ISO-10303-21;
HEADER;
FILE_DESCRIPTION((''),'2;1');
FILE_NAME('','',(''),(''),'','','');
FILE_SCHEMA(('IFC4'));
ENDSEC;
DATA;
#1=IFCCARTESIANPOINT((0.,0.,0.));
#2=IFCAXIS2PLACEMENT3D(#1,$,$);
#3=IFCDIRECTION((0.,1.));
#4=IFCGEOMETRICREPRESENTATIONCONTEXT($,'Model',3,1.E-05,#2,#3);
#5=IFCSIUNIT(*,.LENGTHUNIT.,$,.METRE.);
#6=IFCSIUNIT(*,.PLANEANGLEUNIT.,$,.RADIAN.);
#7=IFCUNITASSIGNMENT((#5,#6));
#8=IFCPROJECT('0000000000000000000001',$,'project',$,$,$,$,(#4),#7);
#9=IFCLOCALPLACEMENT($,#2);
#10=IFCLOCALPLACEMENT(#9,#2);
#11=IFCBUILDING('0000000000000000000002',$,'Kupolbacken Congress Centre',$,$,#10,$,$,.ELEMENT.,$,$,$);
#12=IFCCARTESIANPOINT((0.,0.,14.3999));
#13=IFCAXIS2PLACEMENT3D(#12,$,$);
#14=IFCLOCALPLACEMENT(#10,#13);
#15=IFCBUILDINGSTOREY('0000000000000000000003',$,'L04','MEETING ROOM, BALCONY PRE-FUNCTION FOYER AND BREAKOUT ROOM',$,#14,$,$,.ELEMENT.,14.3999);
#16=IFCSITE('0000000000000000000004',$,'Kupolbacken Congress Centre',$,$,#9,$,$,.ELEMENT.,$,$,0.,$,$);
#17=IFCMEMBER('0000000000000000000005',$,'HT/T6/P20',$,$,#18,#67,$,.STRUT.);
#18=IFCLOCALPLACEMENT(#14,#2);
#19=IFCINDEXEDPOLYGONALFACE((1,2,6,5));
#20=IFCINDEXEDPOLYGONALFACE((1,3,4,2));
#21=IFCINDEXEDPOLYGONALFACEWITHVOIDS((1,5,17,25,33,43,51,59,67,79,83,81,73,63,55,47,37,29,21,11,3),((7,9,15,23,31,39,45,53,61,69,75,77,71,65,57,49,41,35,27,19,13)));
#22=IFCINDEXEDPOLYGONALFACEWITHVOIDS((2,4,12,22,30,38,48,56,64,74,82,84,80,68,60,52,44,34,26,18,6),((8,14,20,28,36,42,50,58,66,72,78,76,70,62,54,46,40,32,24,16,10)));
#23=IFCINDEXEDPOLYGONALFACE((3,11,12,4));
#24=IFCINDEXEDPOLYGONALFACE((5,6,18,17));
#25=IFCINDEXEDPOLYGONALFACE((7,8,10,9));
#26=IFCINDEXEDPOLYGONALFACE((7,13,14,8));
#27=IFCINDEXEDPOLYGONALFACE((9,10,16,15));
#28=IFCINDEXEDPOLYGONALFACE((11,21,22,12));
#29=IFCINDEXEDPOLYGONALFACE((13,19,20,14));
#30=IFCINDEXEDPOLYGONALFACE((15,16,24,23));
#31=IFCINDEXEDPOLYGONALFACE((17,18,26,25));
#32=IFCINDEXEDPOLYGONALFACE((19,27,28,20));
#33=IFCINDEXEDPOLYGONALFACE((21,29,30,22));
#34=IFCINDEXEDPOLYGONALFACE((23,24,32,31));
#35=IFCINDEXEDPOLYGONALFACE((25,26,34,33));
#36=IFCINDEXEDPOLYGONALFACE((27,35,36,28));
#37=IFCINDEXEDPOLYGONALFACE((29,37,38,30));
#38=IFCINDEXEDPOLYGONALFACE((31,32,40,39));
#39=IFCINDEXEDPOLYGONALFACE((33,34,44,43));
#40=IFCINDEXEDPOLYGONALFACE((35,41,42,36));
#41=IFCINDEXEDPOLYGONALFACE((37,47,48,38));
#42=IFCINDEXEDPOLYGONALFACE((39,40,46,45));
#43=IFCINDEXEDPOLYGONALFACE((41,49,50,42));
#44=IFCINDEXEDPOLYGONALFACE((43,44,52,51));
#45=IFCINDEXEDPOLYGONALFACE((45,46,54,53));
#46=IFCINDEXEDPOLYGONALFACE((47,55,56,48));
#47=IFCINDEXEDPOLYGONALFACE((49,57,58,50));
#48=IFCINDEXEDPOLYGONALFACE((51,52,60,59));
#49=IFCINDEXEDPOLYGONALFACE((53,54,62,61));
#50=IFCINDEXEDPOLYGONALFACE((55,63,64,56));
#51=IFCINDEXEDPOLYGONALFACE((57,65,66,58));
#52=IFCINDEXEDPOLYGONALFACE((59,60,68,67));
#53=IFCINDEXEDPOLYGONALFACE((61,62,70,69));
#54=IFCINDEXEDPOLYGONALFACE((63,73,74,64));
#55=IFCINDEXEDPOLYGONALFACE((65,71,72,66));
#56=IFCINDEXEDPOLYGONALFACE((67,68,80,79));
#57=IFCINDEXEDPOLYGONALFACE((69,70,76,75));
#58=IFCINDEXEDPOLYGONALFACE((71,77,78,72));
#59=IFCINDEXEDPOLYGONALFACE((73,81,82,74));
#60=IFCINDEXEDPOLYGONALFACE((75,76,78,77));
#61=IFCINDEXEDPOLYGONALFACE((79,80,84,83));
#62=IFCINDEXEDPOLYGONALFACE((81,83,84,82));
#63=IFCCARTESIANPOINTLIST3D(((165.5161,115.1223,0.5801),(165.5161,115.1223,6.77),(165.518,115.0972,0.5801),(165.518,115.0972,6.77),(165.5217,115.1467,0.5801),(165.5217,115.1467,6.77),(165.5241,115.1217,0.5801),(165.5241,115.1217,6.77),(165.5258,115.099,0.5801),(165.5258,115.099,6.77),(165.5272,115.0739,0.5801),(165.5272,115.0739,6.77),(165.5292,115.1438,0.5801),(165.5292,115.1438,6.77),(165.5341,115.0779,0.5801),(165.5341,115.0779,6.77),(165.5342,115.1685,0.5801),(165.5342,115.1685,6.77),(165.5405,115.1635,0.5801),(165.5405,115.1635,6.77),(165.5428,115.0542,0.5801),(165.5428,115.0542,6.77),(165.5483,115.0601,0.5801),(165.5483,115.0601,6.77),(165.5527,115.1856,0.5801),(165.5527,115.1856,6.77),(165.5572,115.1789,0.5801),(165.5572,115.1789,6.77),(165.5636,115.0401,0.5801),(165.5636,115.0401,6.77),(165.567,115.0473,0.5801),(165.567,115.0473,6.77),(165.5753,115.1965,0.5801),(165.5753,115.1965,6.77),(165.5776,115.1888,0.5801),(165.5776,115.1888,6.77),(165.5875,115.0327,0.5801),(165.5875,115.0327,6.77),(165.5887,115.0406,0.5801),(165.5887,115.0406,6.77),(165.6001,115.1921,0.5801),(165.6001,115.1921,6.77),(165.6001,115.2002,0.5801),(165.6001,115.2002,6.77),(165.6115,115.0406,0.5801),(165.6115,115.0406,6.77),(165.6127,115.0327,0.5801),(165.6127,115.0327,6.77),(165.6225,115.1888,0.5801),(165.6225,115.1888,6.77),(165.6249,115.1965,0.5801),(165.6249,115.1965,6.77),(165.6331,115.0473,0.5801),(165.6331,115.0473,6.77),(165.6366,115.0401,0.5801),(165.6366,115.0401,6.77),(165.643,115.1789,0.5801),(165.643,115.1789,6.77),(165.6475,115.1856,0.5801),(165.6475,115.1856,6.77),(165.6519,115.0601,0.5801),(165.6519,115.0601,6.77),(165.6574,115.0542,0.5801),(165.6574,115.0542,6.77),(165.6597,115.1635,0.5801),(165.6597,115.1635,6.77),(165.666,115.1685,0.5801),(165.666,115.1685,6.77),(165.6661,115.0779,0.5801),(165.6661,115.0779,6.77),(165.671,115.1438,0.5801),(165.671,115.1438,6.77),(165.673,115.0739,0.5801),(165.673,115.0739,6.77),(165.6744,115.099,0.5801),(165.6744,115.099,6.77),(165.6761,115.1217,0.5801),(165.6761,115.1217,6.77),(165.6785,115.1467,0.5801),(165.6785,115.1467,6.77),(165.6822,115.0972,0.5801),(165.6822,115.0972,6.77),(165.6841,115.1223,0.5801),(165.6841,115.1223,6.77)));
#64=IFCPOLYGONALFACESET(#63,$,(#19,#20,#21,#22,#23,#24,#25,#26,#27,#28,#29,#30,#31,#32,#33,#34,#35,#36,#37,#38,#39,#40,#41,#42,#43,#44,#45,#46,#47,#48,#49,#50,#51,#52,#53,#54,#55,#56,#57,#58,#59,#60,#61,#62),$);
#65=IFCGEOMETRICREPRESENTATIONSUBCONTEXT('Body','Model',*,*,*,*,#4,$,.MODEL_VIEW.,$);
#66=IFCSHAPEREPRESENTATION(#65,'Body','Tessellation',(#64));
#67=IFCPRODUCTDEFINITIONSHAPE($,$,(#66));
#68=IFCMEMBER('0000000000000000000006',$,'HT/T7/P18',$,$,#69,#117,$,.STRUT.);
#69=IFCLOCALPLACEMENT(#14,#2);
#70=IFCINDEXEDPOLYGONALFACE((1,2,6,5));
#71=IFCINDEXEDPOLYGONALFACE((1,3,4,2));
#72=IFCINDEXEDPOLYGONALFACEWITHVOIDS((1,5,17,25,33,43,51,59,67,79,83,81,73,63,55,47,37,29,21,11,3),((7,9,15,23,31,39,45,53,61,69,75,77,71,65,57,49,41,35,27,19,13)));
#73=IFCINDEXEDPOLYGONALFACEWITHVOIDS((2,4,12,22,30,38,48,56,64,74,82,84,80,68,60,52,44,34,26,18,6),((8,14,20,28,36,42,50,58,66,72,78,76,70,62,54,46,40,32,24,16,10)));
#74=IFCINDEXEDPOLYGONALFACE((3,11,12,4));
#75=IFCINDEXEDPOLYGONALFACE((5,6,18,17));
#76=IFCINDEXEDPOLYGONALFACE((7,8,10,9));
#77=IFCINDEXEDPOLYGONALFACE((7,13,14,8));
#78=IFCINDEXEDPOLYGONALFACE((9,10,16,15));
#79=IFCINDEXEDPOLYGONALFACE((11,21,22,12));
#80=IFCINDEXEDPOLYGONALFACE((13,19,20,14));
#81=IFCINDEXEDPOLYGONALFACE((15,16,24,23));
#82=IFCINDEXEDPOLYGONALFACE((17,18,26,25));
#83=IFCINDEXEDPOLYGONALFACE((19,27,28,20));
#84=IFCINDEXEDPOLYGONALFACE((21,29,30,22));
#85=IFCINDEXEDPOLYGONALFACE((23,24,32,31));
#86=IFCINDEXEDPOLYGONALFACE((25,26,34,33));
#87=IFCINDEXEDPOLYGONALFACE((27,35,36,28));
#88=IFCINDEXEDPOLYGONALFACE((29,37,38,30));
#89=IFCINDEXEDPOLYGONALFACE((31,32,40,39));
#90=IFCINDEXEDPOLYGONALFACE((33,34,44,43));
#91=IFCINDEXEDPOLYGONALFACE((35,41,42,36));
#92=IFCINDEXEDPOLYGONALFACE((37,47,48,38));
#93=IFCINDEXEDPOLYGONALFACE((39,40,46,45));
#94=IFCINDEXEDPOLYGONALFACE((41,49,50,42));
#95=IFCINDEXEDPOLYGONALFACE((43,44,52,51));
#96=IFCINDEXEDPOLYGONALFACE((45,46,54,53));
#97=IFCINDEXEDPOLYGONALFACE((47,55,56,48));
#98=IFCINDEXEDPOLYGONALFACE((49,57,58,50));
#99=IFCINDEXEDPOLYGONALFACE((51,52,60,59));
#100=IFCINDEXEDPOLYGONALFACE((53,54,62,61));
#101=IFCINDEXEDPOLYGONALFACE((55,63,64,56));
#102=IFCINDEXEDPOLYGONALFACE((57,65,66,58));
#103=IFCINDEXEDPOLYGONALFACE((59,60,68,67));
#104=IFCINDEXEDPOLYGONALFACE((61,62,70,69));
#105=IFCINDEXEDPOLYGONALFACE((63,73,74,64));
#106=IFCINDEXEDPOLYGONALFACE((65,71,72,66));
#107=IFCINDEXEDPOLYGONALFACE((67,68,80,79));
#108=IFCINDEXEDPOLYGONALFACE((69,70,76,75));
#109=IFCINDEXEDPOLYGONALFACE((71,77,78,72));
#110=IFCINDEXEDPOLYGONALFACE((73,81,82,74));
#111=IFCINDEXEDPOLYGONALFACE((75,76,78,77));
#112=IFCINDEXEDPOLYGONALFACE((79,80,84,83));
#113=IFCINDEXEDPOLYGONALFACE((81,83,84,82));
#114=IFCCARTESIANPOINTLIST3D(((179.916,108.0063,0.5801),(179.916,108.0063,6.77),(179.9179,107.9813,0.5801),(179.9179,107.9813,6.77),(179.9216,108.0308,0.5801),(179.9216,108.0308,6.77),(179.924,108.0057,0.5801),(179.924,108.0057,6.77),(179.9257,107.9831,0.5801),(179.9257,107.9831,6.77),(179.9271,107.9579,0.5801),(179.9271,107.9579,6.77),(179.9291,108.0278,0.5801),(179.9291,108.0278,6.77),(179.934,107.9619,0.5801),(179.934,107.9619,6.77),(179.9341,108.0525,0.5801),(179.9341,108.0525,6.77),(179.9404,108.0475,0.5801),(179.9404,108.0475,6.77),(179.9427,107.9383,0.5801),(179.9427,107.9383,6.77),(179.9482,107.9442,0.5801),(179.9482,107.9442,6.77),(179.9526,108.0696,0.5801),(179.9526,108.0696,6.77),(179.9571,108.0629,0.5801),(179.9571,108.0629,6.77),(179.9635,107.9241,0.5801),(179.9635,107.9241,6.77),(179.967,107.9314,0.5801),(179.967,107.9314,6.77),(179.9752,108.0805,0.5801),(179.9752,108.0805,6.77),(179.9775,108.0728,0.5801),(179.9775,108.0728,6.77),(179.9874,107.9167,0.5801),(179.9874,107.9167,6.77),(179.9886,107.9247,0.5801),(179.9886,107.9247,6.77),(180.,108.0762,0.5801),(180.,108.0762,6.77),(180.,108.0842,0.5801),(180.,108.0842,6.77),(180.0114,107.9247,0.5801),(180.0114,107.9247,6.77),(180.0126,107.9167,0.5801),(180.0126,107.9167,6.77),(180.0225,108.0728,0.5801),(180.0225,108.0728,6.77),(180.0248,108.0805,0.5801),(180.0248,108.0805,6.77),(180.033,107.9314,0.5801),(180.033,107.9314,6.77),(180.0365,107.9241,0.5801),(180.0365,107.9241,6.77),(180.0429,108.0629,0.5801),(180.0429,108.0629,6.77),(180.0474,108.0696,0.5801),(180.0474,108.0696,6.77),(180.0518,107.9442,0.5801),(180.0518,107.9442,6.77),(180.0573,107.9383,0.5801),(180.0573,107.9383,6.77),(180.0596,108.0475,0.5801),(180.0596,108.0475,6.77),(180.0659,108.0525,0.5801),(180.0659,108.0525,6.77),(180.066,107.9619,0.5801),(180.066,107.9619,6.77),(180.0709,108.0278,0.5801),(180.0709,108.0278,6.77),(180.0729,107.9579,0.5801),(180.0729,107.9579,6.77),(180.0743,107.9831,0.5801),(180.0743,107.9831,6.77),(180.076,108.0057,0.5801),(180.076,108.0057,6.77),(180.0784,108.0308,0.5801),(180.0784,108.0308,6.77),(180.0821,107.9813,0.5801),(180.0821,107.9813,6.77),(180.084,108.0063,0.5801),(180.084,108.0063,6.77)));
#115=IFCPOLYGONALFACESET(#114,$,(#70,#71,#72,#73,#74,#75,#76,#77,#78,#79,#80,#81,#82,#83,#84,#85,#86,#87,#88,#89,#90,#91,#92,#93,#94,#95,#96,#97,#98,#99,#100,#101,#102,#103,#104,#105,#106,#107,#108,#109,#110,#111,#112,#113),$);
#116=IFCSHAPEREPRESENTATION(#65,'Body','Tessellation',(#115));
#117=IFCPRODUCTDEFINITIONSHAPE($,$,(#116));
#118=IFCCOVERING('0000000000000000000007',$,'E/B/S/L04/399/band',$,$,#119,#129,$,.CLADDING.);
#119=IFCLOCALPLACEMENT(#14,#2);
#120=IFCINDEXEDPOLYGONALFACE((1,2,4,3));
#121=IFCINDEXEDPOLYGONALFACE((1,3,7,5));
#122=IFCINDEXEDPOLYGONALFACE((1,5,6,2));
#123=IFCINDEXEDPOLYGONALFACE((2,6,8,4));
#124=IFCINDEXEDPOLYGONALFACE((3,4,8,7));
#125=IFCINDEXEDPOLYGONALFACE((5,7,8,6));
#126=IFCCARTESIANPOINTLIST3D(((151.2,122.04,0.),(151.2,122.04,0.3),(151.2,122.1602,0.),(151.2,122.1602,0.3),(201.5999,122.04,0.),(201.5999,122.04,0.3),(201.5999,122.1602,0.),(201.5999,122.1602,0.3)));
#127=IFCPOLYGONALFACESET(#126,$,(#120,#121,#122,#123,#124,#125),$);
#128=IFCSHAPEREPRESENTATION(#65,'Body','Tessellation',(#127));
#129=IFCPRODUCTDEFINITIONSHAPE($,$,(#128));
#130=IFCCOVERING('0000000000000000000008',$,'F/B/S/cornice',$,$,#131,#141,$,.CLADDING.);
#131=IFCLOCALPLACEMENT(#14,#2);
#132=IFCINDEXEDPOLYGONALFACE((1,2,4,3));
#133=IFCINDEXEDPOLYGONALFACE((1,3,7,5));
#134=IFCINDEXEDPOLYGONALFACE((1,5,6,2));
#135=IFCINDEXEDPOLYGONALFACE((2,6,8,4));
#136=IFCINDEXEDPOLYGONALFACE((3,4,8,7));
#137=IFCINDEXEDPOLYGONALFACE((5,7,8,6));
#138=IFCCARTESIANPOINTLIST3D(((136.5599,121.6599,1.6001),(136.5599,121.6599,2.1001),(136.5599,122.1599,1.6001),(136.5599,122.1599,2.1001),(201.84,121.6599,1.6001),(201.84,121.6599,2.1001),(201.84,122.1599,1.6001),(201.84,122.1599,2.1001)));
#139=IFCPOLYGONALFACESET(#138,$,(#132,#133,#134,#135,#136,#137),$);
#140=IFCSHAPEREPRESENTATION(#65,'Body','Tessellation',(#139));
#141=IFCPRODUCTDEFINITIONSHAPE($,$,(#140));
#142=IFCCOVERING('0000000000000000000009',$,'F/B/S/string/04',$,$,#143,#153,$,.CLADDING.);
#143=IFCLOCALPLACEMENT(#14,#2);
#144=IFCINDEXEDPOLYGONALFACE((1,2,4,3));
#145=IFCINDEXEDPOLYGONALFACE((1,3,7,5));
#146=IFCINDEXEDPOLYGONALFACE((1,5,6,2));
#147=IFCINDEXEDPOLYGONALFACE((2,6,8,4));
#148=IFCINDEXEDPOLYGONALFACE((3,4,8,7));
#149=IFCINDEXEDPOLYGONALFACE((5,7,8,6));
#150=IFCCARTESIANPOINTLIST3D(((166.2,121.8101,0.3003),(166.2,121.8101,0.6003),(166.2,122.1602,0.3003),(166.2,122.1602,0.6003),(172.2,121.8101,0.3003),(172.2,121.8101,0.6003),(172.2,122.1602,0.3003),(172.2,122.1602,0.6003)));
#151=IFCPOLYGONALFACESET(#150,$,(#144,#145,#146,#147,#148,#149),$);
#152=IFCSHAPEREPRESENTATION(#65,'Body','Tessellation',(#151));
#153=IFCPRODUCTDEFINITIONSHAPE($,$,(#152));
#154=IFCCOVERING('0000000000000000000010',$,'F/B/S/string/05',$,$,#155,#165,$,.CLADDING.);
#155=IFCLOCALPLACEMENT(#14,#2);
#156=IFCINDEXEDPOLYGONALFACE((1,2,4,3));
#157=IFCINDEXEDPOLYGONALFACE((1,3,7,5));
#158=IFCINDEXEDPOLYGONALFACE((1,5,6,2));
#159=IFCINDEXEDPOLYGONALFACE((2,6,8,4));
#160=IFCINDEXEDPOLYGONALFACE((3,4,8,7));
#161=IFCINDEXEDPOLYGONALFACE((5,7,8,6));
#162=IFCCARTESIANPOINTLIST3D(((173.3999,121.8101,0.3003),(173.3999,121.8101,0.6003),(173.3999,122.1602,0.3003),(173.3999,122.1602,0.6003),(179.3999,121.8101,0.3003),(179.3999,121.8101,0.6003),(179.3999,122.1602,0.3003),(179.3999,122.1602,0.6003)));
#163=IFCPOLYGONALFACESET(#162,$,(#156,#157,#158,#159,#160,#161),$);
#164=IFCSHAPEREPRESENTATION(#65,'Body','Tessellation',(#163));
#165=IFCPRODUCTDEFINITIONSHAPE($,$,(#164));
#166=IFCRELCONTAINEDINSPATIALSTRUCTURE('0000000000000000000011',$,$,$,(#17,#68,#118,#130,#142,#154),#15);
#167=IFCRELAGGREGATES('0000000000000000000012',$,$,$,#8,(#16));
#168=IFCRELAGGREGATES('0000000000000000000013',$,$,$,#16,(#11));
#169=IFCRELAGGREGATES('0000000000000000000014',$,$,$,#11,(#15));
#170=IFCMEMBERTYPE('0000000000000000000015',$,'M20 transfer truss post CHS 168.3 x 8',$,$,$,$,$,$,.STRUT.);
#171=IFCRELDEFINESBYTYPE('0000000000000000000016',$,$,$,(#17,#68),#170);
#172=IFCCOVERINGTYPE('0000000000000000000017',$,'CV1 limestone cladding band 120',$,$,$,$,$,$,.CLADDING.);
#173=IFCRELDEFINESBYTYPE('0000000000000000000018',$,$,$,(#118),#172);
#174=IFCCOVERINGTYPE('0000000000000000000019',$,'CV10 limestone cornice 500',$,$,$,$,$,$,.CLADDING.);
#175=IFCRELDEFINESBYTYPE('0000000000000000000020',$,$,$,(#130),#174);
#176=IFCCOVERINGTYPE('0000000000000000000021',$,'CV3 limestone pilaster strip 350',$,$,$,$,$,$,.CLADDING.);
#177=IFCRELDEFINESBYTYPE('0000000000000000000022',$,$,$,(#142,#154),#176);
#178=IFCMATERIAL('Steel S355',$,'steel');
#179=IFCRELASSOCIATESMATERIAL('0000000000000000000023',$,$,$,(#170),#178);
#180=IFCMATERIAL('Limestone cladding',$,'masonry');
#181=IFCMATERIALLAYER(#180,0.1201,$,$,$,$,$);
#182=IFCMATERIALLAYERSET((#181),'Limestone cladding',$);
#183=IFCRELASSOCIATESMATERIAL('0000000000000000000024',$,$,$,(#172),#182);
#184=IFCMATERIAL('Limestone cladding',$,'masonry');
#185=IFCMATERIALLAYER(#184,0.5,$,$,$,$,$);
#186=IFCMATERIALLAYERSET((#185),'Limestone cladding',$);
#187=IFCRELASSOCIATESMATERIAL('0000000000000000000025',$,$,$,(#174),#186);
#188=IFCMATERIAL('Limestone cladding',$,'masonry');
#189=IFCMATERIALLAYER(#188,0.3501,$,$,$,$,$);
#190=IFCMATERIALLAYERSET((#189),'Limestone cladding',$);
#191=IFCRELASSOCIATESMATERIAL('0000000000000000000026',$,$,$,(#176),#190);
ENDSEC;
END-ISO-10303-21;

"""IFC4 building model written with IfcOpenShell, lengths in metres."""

from ifc_helpers import new_model, si_unit, direction, frame, origin, origin_2d, place, context, subcontext, project, spatial, rectangle, hollow_circle, extrude, material, layer, layer_set, material_profile, profile_set, type_object, element, save


model = new_model("IFC4")

# Units and contexts
model_context = context("Model", 3, precision=1e-05, world=origin(), true_north=direction((0.0, 1.0)))
body_context = subcontext(model_context, "Body", "Model", "MODEL_VIEW")
ifc_project = project(units=[si_unit("LENGTHUNIT", "METRE"), si_unit("PLANEANGLEUNIT", "RADIAN")], contexts=[model_context])

# Site, building, storey
site_placement = place(None, origin())
site = spatial("IfcSite", under=ifc_project, at=site_placement, Name="Kupolbacken Congress Centre", CompositionType="ELEMENT", RefElevation=0.0)
building_placement = place(site_placement, origin())
building = spatial("IfcBuilding", under=site, at=building_placement, Name="Kupolbacken Congress Centre", CompositionType="ELEMENT")
storey_placement = place(building_placement, frame((0.0, 0.0, 14.3999)))
storey = spatial("IfcBuildingStorey", under=building, at=storey_placement, Name="L04", Description="MEETING ROOM, BALCONY PRE-FUNCTION FOYER AND BREAKOUT ROOM", CompositionType="ELEMENT", Elevation=14.3999)

# Members
ifc_material_1 = material(Name="Steel S355", Category="steel")
ifc_material_profile_1 = material_profile(ifc_material_1, hollow_circle(Radius=0.0842, WallThickness=0.0081, at=origin_2d()), Name="CHS 168.3 x 8")
ifc_profile_set_1 = profile_set([ifc_material_profile_1], Name="Steel S355")
member_type_1 = type_object("IfcMemberType", Name="M20 transfer truss post CHS 168.3 x 8", PredefinedType="STRUT", material=ifc_profile_set_1)
for number, where, z_axis, x_axis, name in (
    (1, (165.6001, 115.116, 0.5801), (0.0, 0.0, 1.0), (0.0, 1.0, 0.0), "HT/T6/P20"),
    (2, (180.0, 108.0, 0.5801), (0.0, 0.0, 1.0), (0.0, 1.0, 0.0), "HT/T7/P18"),
):
    element("IfcMember", number, at=place(storey_placement, frame(where, z_axis=z_axis, x_axis=x_axis)), inside=storey, type_object=member_type_1, Name=name, PredefinedType="STRUT", context=body_context, shape_type="SweptSolid", body=[
        extrude(hollow_circle(Radius=0.0842, WallThickness=0.0081, at=origin_2d()), origin(), (0.0, 0.0, 1.0), 6.1899),
    ])

# Coverings
ifc_material_2 = material(Name="Limestone cladding", Category="masonry")
ifc_layer_1 = layer(ifc_material_2, 0.1201)
ifc_layer_set_1 = layer_set([ifc_layer_1], Name="Limestone cladding")
covering_type_1 = type_object("IfcCoveringType", Name="CV1 limestone cladding band 120", PredefinedType="CLADDING", material=ifc_layer_set_1)
covering_1_placement = place(storey_placement, frame((176.3999, 122.1001, 0.0), z_axis=(0.0, 0.0, 1.0), x_axis=(1.0, 0.0, 0.0)))
element("IfcCovering", 3, at=covering_1_placement, inside=storey, type_object=covering_type_1, Name="E/B/S/L04/399/band", PredefinedType="CLADDING", context=body_context, shape_type="SweptSolid", body=[
    extrude(rectangle(XDim=50.3999, YDim=0.1201, at=origin_2d()), origin(), (0.0, 0.0, 1.0), 0.3),
])
ifc_material_3 = material(Name="Limestone cladding", Category="masonry")
ifc_layer_2 = layer(ifc_material_3, 0.5)
ifc_layer_set_2 = layer_set([ifc_layer_2], Name="Limestone cladding")
covering_type_2 = type_object("IfcCoveringType", Name="CV10 limestone cornice 500", PredefinedType="CLADDING", material=ifc_layer_set_2)
covering_2_placement = place(storey_placement, frame((169.2, 121.9099, 1.6001), z_axis=(0.0, 0.0, 1.0), x_axis=(1.0, 0.0, 0.0)))
element("IfcCovering", 4, at=covering_2_placement, inside=storey, type_object=covering_type_2, Name="F/B/S/cornice", PredefinedType="CLADDING", context=body_context, shape_type="SweptSolid", body=[
    extrude(rectangle(XDim=65.28, YDim=0.5, at=origin_2d()), origin(), (0.0, 0.0, 1.0), 0.5),
])
ifc_material_4 = material(Name="Limestone cladding", Category="masonry")
ifc_layer_3 = layer(ifc_material_4, 0.3501)
ifc_layer_set_3 = layer_set([ifc_layer_3], Name="Limestone cladding")
covering_type_3 = type_object("IfcCoveringType", Name="CV3 limestone pilaster strip 350", PredefinedType="CLADDING", material=ifc_layer_set_3)
for number, where, z_axis, x_axis, name in (
    (5, (169.2, 121.9851, 0.3003), (0.0, 0.0, 1.0), (1.0, 0.0, 0.0), "F/B/S/string/04"),
    (6, (176.3999, 121.9851, 0.3003), (0.0, 0.0, 1.0), (1.0, 0.0, 0.0), "F/B/S/string/05"),
):
    element("IfcCovering", number, at=place(storey_placement, frame(where, z_axis=z_axis, x_axis=x_axis)), inside=storey, type_object=covering_type_3, Name=name, PredefinedType="CLADDING", context=body_context, shape_type="SweptSolid", body=[
        extrude(rectangle(XDim=6.0, YDim=0.3501, at=origin_2d()), origin(), (0.0, 0.0, 1.0), 0.3),
    ])

save(model, "model.ifc")
